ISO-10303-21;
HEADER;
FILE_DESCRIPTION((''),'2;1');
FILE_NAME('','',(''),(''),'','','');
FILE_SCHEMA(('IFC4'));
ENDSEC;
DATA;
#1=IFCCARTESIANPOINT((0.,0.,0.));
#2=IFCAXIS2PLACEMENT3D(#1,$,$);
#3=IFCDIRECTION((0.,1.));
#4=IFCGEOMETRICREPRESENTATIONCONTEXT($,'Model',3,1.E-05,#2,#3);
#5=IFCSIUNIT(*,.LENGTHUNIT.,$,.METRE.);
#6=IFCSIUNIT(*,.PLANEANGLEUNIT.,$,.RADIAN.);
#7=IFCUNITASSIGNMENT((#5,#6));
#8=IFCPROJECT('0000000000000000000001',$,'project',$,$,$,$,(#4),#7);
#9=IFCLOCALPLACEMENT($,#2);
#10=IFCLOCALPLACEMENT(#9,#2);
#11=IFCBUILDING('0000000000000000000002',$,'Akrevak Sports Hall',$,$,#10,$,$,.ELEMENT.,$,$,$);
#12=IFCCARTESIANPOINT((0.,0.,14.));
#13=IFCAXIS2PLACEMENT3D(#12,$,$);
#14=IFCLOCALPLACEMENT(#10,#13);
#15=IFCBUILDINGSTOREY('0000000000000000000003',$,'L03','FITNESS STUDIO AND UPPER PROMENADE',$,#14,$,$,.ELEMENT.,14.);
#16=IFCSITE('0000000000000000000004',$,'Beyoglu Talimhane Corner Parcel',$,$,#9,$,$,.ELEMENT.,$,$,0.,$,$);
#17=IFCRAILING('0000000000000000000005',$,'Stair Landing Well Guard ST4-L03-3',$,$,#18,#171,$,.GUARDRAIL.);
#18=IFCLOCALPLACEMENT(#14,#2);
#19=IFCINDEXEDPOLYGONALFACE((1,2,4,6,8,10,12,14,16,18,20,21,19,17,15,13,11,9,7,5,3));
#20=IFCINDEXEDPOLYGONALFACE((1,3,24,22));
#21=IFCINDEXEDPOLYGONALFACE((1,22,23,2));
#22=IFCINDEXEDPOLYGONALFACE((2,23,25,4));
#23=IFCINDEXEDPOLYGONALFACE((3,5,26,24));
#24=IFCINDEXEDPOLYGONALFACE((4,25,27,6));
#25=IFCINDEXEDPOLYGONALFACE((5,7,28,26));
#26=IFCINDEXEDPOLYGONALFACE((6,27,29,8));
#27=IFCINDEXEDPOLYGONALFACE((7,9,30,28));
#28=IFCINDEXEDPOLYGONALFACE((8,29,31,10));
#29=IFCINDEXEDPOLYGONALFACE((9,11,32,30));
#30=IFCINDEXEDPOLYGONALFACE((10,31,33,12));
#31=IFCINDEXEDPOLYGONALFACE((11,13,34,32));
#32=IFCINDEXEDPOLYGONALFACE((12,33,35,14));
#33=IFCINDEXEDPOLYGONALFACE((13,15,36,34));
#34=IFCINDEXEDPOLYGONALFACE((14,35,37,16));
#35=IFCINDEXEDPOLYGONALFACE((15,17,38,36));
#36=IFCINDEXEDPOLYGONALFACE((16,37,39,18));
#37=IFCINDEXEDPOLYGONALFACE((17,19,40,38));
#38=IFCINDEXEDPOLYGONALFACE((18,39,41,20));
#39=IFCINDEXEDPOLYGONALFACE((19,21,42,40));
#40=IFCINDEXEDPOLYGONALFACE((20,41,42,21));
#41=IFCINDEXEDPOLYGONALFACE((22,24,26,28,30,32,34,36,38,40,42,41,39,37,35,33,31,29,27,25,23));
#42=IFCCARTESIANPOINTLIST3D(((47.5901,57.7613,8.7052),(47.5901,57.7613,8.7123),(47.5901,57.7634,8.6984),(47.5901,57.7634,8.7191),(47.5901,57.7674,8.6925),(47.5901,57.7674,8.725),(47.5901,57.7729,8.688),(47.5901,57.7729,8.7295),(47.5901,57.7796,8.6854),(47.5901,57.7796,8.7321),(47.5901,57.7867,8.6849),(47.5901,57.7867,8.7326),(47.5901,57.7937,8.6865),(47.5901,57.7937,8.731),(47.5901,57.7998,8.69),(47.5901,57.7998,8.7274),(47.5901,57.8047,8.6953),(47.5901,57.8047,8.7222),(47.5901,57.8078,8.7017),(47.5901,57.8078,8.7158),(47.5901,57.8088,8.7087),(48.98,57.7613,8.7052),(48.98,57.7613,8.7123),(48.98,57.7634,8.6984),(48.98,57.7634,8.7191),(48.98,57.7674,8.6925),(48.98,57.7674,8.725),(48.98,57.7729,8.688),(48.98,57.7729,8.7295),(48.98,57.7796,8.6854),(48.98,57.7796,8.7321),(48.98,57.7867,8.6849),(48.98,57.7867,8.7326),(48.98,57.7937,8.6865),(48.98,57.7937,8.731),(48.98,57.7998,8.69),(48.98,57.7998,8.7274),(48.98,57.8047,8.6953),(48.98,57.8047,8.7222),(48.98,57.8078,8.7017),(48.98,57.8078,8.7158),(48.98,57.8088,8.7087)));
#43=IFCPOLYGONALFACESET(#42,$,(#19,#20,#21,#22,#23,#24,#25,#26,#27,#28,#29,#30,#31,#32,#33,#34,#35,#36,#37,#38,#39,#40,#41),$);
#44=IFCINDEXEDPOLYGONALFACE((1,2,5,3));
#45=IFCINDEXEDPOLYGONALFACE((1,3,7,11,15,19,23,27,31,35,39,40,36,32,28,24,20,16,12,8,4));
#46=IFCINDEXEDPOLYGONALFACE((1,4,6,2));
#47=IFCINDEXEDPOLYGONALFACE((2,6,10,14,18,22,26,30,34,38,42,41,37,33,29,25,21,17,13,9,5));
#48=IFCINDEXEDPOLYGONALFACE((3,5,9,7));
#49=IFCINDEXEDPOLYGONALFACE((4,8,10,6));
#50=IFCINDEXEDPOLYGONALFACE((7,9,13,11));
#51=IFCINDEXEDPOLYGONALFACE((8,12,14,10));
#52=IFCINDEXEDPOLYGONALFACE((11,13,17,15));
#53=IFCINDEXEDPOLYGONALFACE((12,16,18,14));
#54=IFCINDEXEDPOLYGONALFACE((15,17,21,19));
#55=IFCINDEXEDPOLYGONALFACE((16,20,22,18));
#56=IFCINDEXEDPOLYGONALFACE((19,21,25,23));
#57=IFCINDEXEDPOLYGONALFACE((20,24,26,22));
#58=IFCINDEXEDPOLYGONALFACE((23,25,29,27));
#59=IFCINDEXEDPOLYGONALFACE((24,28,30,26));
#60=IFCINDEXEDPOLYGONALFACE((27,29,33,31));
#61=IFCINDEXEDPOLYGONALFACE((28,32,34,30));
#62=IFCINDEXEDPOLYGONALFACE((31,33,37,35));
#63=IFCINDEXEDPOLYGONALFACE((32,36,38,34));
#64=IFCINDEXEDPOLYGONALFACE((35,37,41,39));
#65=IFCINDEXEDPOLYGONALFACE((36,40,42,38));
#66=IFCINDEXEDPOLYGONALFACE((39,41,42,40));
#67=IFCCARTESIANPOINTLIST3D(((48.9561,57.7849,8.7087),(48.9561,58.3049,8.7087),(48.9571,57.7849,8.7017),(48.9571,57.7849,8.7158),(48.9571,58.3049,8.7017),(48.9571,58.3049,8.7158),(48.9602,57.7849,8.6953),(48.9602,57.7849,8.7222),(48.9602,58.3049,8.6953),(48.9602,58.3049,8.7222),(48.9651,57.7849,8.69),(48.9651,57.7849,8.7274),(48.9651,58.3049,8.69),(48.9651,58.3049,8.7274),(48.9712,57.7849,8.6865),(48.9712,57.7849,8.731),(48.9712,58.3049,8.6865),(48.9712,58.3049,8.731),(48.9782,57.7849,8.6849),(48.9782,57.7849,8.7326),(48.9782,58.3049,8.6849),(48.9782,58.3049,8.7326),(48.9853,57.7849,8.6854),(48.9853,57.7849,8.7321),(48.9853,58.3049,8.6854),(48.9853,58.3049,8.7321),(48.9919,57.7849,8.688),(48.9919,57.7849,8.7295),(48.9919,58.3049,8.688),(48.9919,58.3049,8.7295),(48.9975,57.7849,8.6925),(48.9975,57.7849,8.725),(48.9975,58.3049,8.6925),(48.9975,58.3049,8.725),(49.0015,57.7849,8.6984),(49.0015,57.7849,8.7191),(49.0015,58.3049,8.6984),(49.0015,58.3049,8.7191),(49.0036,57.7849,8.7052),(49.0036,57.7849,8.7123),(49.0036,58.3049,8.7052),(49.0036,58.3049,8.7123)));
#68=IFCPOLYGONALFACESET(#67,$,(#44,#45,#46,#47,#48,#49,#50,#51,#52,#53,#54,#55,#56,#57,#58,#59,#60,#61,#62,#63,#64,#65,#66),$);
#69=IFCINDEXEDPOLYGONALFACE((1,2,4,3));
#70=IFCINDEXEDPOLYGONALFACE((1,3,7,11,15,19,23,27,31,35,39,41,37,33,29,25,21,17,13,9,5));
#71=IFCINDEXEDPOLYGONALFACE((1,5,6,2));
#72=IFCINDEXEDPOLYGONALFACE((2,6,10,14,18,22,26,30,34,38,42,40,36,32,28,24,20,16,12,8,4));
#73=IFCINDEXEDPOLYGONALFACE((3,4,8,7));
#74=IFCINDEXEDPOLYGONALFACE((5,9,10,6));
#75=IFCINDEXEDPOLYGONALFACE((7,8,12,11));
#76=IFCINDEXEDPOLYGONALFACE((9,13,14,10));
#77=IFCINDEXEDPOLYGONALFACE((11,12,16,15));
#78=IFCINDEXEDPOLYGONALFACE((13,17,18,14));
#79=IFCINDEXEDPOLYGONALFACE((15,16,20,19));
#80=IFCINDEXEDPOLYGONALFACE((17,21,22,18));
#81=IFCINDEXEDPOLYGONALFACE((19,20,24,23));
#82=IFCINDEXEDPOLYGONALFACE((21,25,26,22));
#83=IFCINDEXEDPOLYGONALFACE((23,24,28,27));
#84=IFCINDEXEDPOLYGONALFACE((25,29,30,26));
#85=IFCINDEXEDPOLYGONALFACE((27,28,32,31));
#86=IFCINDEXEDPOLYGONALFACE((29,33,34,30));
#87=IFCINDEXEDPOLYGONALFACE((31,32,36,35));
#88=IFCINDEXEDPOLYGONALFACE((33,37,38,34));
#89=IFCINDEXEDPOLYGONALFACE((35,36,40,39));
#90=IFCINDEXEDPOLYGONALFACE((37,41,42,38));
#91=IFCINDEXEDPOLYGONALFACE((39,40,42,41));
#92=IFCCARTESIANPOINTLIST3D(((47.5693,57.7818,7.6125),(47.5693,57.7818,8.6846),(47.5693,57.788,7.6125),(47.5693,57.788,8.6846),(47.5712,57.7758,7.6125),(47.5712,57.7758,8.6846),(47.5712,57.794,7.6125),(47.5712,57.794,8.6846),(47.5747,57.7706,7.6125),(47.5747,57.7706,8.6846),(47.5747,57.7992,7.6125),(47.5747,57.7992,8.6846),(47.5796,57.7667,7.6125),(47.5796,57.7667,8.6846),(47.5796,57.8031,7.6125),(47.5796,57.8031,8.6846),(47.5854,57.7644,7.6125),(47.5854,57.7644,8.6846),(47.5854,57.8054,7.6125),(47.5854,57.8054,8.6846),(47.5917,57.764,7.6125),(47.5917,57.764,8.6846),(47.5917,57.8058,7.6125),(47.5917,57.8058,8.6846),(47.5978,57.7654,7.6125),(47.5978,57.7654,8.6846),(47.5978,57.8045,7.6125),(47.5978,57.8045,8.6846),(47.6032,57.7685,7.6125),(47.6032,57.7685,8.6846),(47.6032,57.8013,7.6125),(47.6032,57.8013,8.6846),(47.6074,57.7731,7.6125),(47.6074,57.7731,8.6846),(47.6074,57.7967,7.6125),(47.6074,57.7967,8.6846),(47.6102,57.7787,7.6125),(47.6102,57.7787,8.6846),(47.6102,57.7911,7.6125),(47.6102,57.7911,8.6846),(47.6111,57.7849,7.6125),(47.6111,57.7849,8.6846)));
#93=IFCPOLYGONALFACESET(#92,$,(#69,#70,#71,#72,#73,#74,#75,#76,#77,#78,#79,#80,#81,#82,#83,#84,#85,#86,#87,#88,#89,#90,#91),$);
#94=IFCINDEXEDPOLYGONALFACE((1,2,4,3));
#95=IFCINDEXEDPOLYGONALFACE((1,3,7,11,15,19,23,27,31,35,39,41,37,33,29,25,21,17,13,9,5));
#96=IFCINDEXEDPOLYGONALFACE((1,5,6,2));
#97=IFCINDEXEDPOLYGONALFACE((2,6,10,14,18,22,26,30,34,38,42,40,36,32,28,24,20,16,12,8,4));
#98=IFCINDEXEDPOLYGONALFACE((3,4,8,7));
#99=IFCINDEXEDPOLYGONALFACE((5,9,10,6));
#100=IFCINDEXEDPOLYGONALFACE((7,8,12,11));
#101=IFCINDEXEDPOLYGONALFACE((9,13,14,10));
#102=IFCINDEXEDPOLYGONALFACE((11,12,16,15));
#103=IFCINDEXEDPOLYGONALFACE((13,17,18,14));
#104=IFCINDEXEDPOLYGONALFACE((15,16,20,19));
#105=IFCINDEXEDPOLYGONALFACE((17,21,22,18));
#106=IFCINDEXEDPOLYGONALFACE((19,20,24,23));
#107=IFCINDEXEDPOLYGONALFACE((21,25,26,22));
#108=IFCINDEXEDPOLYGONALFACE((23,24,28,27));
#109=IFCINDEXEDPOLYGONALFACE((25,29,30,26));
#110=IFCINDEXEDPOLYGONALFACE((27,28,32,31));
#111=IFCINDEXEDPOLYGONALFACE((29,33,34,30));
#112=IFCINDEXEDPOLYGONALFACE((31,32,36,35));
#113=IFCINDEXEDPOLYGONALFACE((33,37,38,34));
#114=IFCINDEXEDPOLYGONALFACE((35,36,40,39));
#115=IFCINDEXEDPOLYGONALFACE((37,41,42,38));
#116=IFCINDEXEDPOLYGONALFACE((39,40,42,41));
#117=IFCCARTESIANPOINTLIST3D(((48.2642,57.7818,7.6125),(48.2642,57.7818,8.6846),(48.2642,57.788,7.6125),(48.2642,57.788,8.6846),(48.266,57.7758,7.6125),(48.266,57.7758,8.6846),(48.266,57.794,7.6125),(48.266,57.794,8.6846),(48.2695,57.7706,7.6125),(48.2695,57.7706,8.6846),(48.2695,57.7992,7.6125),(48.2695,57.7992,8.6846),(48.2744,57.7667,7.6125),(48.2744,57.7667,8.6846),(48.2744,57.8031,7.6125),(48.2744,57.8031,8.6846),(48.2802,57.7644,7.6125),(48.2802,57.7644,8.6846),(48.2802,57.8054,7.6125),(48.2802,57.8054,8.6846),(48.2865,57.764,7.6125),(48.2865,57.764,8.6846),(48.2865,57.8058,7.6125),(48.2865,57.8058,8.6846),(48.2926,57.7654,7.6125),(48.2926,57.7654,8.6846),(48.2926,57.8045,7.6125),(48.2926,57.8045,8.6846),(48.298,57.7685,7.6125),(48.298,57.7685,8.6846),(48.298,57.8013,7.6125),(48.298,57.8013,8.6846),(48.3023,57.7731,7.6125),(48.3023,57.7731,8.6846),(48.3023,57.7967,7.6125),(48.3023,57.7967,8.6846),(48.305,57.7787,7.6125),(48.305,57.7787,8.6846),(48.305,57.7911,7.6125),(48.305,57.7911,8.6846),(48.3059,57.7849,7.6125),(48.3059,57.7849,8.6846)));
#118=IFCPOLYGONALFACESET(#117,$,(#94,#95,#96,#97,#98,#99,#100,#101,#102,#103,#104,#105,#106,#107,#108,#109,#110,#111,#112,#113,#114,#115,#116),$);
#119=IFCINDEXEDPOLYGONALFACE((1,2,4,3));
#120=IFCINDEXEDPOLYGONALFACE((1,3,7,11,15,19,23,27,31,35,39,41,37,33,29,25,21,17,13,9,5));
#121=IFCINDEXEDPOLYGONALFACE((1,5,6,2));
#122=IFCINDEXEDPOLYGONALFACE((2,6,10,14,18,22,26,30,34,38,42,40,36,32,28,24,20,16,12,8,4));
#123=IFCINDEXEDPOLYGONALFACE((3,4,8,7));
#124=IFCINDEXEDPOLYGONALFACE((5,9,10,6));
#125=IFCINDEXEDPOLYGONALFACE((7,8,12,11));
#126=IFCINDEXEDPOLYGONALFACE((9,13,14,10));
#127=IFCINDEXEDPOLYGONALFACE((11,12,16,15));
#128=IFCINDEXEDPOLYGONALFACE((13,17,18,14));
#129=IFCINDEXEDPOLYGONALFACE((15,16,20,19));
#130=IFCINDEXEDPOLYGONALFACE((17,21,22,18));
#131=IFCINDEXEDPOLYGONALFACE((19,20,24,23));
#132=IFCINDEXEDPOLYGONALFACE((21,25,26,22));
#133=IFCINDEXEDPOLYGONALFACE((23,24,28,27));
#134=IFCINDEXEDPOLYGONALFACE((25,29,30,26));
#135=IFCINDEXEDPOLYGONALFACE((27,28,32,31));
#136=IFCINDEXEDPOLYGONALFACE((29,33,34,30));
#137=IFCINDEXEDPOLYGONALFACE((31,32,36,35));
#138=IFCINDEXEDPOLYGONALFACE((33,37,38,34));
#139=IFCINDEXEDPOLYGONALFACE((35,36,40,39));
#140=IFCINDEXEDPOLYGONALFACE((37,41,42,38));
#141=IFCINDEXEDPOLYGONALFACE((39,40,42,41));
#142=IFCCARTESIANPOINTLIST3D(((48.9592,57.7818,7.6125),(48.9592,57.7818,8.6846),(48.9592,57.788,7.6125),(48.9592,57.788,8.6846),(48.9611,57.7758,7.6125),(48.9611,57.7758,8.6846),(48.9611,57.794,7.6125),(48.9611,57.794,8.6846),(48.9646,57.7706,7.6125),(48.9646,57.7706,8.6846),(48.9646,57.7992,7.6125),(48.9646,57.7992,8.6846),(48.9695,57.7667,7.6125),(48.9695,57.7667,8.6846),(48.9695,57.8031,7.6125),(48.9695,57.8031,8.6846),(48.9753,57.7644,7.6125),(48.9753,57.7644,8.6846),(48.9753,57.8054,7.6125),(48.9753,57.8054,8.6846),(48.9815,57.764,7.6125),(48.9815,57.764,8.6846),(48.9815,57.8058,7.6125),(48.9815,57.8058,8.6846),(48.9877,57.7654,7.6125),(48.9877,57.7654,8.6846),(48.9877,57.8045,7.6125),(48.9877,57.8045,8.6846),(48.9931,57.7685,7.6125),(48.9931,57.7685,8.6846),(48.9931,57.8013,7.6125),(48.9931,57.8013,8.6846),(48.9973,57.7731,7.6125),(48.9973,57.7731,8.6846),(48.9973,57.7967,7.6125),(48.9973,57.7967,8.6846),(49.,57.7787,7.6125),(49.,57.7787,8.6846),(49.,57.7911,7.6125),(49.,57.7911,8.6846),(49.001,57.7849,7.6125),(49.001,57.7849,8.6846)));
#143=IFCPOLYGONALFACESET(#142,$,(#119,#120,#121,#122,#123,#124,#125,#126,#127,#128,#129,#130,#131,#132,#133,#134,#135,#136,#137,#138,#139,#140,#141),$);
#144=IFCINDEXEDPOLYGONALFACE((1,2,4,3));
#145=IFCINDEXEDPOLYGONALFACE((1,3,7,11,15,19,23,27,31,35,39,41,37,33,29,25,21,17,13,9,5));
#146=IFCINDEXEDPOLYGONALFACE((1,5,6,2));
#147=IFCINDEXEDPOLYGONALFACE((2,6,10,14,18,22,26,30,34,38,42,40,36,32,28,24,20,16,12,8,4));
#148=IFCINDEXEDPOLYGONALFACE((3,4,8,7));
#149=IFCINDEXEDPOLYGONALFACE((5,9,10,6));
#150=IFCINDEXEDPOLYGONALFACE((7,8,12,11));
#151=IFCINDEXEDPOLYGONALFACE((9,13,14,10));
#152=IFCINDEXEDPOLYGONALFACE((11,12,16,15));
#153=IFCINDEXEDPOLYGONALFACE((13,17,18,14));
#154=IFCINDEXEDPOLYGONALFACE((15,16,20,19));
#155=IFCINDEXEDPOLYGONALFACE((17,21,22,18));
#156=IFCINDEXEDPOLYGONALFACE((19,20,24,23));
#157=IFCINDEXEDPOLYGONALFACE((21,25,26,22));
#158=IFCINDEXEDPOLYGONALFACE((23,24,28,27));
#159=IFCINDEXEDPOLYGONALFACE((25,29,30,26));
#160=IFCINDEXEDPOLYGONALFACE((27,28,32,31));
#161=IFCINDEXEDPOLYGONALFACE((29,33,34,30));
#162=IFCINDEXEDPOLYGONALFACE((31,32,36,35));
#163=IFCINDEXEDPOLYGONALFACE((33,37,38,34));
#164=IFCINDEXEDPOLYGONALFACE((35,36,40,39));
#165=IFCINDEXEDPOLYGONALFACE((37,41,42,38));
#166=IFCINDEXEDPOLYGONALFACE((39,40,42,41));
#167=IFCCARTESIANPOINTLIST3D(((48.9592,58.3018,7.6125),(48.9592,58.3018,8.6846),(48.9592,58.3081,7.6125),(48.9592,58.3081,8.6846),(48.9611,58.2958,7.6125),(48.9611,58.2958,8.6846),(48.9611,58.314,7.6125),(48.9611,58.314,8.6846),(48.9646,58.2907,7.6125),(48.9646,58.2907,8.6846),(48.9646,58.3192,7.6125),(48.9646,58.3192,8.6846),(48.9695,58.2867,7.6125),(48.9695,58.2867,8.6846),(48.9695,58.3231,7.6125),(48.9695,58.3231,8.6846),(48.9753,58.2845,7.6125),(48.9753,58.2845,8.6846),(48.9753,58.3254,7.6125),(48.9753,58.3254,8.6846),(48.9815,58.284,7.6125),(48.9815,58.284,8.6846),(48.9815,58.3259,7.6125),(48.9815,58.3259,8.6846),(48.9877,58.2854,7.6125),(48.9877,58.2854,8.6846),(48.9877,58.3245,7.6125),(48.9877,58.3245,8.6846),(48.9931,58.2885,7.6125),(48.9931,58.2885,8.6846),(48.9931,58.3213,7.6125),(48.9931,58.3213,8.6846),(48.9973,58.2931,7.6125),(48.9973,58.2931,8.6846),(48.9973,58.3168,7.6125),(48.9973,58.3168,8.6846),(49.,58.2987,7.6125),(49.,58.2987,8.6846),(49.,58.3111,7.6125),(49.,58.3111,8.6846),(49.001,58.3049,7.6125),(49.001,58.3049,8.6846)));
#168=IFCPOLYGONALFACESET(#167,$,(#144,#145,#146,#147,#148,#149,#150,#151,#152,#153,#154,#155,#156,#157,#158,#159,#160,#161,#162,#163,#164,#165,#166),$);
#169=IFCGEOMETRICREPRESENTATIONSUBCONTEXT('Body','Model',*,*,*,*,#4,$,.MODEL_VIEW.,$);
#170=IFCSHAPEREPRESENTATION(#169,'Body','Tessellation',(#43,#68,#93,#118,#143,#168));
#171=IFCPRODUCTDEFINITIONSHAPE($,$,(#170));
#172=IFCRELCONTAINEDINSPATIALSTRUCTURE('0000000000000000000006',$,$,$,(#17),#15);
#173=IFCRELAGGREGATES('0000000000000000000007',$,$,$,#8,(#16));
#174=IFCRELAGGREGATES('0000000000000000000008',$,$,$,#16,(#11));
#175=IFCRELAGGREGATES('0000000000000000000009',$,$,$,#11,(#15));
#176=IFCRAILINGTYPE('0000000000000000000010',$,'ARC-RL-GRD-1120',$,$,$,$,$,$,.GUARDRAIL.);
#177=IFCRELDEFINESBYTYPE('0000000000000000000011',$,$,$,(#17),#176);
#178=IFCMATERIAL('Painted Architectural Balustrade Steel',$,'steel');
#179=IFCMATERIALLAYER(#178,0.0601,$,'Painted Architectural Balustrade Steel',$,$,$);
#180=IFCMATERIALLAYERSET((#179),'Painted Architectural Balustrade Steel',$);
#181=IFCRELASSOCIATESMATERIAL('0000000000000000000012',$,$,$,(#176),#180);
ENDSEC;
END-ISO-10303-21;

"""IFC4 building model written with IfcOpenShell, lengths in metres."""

from ifc_helpers import new_model, si_unit, direction, frame, origin, origin_2d, place, context, subcontext, project, spatial, circle, extrude, material, layer, layer_set, type_object, element, save


model = new_model("IFC4")

# Units and contexts
model_context = context("Model", 3, precision=1e-05, world=origin(), true_north=direction((0.0, 1.0)))
body_context = subcontext(model_context, "Body", "Model", "MODEL_VIEW")
ifc_project = project(units=[si_unit("LENGTHUNIT", "METRE"), si_unit("PLANEANGLEUNIT", "RADIAN")], contexts=[model_context])

# Site, building, storey
site_placement = place(None, origin())
site = spatial("IfcSite", under=ifc_project, at=site_placement, Name="Beyoglu Talimhane Corner Parcel", CompositionType="ELEMENT", RefElevation=0.0)
building_placement = place(site_placement, origin())
building = spatial("IfcBuilding", under=site, at=building_placement, Name="Akrevak Sports Hall", CompositionType="ELEMENT")
storey_placement = place(building_placement, frame((0.0, 0.0, 14.0)))
storey = spatial("IfcBuildingStorey", under=building, at=storey_placement, Name="L03", Description="FITNESS STUDIO AND UPPER PROMENADE", CompositionType="ELEMENT", Elevation=14.0)

# Railing
ifc_material_1 = material(Name="Painted Architectural Balustrade Steel", Category="steel")
ifc_layer_1 = layer(ifc_material_1, 0.0601, Name="Painted Architectural Balustrade Steel")
ifc_layer_set_1 = layer_set([ifc_layer_1], Name="Painted Architectural Balustrade Steel")
railing_type_1 = type_object("IfcRailingType", Name="ARC-RL-GRD-1120", PredefinedType="GUARDRAIL", material=ifc_layer_set_1)
railing_1_placement = place(storey_placement, frame((47.5901, 57.7849, 7.6125)))
element("IfcRailing", 1, at=railing_1_placement, inside=storey, type_object=railing_type_1, Name="Stair Landing Well Guard ST4-L03-3", PredefinedType="GUARDRAIL", context=body_context, shape_type="SweptSolid", body=[
    extrude(circle(Radius=0.0239, at=origin_2d()), frame((0.0, 0.0, 1.0962), z_axis=(1.0, 0.0, 0.0), x_axis=(0.0, 1.0, 0.0)), (0.0, 0.0, 1.0), 1.3899),
    extrude(circle(Radius=0.0239, at=origin_2d()), frame((1.3899, 0.0, 1.0962), z_axis=(0.0, 1.0, 0.0), x_axis=(-1.0, 0.0, 0.0)), (0.0, 0.0, 1.0), 0.52),
    extrude(circle(Radius=0.021, at=origin_2d()), origin(), (0.0, 0.0, 1.0), 1.072),
    extrude(circle(Radius=0.021, at=origin_2d()), frame((0.6948, 0.0, 0.0)), (0.0, 0.0, 1.0), 1.072),
    extrude(circle(Radius=0.021, at=origin_2d()), frame((1.3899, 0.0, 0.0)), (0.0, 0.0, 1.0), 1.072),
    extrude(circle(Radius=0.021, at=origin_2d()), frame((1.3899, 0.52, 0.0)), (0.0, 0.0, 1.0), 1.072),
])

save(model, "model.ifc")
